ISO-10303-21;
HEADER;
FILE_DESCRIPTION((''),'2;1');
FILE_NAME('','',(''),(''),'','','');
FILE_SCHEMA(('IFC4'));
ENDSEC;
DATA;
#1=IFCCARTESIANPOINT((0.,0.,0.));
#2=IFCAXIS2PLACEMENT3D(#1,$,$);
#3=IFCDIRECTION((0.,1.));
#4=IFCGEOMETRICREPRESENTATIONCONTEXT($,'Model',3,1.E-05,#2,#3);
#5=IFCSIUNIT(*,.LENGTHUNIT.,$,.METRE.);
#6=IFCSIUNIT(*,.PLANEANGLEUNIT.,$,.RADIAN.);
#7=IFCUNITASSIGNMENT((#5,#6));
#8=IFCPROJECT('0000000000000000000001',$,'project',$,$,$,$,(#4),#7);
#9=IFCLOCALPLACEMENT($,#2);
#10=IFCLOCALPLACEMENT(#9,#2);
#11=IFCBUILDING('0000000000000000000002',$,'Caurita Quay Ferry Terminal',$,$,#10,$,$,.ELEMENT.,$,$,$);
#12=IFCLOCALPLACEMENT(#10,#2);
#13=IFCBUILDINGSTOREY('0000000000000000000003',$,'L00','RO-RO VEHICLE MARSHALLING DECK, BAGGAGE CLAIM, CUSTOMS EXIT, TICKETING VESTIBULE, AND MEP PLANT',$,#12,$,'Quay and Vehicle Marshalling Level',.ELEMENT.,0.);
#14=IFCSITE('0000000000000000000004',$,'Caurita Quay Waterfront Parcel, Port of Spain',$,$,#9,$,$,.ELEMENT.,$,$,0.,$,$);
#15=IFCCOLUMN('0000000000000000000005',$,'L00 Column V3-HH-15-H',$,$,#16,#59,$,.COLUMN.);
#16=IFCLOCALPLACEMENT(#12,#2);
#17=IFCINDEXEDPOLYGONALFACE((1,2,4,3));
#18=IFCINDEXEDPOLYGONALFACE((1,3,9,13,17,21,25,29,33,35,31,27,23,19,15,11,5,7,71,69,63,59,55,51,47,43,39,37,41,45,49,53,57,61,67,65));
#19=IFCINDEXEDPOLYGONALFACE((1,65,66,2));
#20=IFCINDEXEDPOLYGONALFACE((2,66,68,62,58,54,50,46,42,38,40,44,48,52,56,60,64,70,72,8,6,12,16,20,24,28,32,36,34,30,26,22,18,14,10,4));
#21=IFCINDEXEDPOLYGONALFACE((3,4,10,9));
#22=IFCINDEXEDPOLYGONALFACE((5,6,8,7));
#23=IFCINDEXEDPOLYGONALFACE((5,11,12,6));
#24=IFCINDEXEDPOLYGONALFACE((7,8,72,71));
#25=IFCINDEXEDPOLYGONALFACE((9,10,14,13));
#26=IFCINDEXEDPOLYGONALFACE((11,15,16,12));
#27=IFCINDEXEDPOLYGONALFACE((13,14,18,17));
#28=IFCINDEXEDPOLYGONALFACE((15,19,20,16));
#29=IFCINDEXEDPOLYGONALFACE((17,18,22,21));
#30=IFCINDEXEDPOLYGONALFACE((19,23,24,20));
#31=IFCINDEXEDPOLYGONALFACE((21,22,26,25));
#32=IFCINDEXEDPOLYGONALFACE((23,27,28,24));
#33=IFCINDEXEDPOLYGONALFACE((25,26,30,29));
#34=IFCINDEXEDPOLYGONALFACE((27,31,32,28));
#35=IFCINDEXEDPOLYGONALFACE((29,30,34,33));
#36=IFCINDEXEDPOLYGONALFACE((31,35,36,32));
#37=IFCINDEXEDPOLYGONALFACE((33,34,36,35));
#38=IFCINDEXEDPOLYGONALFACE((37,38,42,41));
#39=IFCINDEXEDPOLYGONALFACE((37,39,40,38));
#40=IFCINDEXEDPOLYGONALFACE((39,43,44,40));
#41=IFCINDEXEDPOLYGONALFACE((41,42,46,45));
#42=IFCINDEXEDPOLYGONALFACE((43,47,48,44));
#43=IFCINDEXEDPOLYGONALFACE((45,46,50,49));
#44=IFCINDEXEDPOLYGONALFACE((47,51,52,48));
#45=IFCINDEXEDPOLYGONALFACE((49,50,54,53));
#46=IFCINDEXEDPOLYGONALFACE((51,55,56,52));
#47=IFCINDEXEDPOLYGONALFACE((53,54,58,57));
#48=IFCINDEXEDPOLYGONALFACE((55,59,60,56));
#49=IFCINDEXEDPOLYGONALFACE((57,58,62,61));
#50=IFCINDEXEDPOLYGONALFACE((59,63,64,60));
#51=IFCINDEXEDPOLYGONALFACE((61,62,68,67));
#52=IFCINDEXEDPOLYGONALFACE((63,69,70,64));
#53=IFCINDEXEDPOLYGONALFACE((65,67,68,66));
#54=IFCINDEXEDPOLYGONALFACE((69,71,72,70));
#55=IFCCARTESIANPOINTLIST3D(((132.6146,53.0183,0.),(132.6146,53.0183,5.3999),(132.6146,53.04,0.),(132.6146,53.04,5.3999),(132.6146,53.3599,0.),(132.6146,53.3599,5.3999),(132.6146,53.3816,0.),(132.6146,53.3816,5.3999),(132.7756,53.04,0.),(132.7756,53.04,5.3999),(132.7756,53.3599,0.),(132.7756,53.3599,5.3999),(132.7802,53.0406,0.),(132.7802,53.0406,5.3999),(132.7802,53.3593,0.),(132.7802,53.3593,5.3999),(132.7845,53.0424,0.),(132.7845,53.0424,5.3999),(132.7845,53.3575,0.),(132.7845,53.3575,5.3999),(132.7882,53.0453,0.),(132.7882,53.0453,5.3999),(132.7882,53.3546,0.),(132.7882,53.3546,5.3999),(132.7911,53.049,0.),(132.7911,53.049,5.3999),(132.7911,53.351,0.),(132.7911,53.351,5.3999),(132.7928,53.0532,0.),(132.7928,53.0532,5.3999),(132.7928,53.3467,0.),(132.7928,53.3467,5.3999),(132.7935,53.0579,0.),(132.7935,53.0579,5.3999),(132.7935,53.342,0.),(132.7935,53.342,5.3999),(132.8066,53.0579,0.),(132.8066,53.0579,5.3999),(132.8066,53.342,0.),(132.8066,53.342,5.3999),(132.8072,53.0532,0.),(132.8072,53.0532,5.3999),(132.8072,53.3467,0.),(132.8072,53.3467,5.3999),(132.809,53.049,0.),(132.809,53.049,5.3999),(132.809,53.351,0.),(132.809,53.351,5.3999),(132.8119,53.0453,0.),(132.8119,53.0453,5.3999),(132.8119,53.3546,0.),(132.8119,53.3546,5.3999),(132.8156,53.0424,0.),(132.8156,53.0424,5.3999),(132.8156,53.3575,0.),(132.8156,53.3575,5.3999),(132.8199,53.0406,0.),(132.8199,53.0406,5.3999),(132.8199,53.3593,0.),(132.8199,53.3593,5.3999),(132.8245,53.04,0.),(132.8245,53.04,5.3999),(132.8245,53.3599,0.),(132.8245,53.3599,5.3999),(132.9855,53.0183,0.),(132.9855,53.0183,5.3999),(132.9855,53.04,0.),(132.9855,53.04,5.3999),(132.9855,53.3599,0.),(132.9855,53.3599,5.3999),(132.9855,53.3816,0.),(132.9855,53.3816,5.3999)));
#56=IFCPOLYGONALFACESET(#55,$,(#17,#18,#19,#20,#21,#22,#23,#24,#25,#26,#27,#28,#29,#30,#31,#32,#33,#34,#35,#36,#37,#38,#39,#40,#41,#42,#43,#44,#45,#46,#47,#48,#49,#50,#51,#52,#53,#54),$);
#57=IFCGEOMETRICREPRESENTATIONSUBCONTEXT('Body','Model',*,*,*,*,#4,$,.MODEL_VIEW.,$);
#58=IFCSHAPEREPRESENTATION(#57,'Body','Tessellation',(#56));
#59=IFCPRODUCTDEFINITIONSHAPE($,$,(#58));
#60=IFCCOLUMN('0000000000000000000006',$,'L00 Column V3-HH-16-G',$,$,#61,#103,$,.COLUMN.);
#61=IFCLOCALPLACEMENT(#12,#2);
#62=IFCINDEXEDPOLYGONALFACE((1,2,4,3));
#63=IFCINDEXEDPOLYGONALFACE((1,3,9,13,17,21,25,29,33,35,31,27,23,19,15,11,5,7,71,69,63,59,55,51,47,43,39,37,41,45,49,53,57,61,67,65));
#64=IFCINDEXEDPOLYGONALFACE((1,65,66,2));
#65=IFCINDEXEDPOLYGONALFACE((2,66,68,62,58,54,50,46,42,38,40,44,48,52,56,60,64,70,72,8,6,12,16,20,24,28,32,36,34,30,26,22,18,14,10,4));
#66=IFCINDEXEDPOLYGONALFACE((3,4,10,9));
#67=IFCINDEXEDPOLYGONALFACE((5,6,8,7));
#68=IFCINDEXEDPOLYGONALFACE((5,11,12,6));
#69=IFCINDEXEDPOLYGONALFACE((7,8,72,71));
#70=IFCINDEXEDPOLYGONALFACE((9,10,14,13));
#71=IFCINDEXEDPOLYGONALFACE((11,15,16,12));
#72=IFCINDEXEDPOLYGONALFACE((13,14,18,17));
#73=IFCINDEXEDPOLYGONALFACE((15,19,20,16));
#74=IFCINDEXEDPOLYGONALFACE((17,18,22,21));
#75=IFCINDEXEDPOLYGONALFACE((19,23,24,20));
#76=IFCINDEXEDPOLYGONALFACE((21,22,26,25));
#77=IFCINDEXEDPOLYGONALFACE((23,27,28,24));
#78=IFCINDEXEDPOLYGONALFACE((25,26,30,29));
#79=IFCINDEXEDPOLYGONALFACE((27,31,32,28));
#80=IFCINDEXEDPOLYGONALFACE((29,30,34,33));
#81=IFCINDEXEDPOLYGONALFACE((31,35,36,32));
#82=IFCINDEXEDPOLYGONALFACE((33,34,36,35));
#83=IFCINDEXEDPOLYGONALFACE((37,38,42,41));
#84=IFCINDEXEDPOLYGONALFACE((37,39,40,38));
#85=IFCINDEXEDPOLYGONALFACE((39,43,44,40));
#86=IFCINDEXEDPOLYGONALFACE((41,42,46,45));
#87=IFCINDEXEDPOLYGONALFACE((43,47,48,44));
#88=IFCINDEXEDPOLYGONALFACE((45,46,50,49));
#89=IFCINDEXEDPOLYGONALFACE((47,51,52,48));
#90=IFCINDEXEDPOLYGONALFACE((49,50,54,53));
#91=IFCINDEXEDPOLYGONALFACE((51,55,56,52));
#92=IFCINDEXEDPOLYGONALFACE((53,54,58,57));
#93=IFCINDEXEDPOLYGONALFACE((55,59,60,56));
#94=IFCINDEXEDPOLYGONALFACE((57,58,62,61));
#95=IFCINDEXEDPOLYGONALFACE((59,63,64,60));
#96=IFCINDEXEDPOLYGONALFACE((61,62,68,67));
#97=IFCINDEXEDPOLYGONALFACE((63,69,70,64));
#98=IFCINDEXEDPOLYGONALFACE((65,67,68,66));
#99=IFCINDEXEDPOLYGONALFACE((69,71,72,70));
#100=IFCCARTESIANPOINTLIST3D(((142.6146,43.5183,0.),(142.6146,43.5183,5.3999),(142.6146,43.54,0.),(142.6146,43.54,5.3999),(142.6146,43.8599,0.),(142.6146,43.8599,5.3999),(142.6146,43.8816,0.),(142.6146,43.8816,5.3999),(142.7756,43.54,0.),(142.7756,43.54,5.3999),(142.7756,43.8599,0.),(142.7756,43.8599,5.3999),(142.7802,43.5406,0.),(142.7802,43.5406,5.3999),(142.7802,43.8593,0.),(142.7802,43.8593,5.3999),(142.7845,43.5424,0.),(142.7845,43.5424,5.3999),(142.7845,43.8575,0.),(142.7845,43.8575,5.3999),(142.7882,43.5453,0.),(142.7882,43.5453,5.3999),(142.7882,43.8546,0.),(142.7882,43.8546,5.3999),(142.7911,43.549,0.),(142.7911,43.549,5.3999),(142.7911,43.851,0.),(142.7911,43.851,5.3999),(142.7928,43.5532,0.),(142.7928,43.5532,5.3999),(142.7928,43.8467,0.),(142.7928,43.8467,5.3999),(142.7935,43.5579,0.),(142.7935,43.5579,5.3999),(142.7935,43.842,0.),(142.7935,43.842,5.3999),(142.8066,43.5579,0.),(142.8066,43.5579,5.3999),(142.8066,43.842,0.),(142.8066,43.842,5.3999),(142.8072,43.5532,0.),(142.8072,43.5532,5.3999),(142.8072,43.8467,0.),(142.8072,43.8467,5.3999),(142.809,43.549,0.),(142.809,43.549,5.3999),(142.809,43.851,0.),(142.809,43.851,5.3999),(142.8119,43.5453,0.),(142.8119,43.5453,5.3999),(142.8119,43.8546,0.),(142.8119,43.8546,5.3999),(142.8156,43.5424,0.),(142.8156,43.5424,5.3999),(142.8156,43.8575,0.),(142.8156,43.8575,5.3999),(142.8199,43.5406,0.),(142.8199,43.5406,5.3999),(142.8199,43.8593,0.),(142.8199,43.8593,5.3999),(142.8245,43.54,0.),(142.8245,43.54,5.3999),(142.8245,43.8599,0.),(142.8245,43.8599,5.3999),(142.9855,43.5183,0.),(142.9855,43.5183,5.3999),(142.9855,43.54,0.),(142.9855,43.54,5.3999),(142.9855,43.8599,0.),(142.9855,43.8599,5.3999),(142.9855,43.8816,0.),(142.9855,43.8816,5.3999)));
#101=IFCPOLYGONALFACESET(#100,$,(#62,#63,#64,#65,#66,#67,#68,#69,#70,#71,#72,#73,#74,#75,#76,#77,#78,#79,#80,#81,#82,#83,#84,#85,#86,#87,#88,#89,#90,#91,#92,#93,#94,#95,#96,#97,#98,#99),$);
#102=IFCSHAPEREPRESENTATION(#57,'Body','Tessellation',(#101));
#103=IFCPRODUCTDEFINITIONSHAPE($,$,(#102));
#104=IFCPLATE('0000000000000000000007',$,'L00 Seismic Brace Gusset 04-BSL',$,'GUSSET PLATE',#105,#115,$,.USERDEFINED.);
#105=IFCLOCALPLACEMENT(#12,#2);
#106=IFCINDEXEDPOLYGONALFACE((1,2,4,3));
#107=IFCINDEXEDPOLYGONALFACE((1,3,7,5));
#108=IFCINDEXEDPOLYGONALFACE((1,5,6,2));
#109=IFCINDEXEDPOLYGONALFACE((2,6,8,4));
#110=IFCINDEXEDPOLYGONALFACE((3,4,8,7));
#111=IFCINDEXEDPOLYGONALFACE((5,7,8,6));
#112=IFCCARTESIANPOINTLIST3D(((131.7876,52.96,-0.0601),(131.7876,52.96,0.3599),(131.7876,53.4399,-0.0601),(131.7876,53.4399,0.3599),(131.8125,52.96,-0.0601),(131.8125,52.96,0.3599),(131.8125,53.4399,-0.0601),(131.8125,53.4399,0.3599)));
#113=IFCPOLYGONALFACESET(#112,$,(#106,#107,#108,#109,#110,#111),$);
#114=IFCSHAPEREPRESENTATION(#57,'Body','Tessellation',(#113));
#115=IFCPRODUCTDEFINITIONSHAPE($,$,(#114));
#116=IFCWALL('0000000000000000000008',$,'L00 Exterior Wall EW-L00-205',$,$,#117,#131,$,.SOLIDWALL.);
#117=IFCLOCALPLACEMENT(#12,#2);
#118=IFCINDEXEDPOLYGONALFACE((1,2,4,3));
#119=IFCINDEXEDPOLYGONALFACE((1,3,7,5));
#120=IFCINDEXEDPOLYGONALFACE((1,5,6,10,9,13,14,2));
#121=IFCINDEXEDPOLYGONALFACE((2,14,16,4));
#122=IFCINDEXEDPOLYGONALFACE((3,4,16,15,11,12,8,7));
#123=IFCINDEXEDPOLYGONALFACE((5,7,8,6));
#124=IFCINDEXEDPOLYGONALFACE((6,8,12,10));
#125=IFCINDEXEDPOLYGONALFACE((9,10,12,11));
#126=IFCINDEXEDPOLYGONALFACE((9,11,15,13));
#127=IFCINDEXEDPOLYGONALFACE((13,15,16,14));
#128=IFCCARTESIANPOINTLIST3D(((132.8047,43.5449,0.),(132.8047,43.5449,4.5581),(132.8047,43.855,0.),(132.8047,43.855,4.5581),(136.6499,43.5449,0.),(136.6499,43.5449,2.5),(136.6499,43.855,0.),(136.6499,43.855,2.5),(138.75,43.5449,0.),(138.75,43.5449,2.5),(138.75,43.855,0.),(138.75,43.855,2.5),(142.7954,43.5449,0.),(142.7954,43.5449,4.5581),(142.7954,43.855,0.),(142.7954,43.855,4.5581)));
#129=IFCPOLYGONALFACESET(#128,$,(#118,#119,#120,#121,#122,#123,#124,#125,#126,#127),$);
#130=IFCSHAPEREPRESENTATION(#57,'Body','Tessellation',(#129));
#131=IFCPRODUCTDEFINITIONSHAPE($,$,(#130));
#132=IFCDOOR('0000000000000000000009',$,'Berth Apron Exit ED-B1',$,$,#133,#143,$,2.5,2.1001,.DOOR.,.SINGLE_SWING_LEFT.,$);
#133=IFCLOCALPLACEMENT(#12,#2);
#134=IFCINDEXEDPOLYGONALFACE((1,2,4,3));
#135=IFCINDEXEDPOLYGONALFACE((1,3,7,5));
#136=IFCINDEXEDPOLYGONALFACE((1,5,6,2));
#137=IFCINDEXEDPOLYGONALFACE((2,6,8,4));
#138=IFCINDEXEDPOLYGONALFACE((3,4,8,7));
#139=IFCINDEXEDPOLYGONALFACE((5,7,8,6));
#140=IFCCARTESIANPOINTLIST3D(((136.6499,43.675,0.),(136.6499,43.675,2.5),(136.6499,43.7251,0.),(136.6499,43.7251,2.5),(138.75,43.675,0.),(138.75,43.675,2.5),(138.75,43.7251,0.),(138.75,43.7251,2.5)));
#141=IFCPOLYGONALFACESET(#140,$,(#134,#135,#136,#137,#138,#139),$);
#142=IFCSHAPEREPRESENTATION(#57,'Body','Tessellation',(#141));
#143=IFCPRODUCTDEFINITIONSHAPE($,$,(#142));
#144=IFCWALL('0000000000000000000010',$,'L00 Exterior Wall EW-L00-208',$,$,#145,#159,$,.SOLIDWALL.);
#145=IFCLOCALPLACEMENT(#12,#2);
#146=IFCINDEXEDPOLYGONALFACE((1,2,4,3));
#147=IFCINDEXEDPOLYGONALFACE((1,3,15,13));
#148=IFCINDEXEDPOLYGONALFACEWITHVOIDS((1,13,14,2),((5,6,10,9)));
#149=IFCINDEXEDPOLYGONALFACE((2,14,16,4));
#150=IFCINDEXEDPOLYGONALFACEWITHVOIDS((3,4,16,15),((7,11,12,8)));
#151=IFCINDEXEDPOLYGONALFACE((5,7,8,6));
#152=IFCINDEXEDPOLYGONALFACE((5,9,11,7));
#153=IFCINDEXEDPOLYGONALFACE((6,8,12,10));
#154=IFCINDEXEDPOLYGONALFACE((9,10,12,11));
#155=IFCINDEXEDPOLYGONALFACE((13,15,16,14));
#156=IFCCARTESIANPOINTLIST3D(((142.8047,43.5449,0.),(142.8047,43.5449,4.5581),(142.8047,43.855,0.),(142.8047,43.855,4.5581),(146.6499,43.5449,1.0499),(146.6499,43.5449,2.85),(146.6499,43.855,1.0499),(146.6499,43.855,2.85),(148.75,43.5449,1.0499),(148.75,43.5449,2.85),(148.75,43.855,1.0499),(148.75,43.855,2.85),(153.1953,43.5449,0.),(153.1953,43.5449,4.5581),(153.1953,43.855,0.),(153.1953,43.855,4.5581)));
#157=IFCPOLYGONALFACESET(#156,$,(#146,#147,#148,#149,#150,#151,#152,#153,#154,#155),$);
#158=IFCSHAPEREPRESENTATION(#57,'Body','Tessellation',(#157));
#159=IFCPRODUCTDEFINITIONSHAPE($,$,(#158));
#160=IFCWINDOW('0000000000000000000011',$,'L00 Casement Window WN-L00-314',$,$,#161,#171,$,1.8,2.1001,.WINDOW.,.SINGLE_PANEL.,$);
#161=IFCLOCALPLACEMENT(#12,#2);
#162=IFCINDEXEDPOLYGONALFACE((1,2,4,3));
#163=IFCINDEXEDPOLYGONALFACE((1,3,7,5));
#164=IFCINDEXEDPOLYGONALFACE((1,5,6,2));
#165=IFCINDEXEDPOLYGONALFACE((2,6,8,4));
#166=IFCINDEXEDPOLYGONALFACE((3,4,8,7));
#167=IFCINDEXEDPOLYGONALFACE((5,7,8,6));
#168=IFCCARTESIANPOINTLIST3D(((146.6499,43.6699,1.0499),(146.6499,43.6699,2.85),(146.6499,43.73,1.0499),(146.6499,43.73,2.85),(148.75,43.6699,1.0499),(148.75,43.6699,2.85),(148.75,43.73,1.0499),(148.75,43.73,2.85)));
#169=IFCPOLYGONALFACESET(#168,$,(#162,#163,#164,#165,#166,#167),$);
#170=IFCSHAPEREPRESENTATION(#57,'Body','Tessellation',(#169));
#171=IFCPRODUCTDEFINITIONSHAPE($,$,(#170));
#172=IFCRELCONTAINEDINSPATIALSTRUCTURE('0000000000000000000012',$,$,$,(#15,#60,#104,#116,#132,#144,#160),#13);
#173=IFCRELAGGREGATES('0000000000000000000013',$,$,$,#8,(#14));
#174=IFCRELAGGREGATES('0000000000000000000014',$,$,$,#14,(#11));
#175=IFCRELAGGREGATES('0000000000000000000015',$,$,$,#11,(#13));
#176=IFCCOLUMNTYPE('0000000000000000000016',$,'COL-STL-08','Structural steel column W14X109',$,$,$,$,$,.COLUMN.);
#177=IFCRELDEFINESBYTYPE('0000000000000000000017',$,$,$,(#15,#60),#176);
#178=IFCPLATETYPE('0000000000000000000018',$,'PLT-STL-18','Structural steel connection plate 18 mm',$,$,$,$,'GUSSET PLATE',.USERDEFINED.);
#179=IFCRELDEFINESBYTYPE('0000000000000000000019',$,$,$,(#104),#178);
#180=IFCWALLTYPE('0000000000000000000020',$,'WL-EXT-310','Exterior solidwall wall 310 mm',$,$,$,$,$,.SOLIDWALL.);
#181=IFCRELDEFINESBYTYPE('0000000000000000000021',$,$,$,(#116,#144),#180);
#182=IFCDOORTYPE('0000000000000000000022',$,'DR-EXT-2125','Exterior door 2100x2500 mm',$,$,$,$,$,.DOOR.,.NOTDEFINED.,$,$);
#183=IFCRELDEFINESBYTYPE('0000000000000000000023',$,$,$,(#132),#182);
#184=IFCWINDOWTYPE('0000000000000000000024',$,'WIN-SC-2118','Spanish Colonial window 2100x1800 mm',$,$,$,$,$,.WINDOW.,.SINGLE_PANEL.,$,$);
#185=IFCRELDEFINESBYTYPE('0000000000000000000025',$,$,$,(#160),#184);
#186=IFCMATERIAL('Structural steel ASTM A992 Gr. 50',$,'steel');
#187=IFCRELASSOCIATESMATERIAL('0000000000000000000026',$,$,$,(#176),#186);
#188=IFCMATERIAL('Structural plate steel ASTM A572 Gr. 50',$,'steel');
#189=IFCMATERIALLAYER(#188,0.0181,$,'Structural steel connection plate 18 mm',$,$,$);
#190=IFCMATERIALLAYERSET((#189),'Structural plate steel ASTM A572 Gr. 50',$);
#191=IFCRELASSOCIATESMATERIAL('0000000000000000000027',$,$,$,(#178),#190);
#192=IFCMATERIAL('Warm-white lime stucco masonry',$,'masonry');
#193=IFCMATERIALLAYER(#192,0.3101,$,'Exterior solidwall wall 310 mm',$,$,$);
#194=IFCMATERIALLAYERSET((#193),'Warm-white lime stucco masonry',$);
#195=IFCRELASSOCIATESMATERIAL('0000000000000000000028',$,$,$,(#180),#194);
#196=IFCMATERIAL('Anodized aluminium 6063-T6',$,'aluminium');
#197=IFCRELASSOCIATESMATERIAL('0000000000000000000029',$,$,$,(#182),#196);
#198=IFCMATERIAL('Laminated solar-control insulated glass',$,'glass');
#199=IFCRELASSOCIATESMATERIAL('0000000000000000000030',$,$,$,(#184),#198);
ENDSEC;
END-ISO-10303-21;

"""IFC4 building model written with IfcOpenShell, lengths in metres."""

from ifc_helpers import new_model, si_unit, direction, frame, frame_2d, origin, origin_2d, place, context, subcontext, project, spatial, rectangle, i_section, extrude, material, layer, layer_set, material_profile, profile_set, type_object, element, fill, save


model = new_model("IFC4")

# Units and contexts
model_context = context("Model", 3, precision=1e-05, world=origin(), true_north=direction((0.0, 1.0)))
body_context = subcontext(model_context, "Body", "Model", "MODEL_VIEW")
ifc_project = project(units=[si_unit("LENGTHUNIT", "METRE"), si_unit("PLANEANGLEUNIT", "RADIAN")], contexts=[model_context])

# Site, building, storey
site_placement = place(None, origin())
site = spatial("IfcSite", under=ifc_project, at=site_placement, Name="Caurita Quay Waterfront Parcel, Port of Spain", CompositionType="ELEMENT", RefElevation=0.0)
building_placement = place(site_placement, origin())
building = spatial("IfcBuilding", under=site, at=building_placement, Name="Caurita Quay Ferry Terminal", CompositionType="ELEMENT")
storey_placement = place(building_placement, origin())
storey = spatial("IfcBuildingStorey", under=building, at=storey_placement, Name="L00", Description="RO-RO VEHICLE MARSHALLING DECK, BAGGAGE CLAIM, CUSTOMS EXIT, TICKETING VESTIBULE, AND MEP PLANT", LongName="Quay and Vehicle Marshalling Level", CompositionType="ELEMENT", Elevation=0.0)

# Columns
ifc_material_1 = material(Name="Structural steel ASTM A992 Gr. 50", Category="steel")
ifc_material_profile_1 = material_profile(ifc_material_1, i_section(OverallWidth=0.3708, OverallDepth=0.3633, WebThickness=0.0132, FlangeThickness=0.0217, FilletRadius=0.0178, at=origin_2d()), Name="W14X109")
ifc_profile_set_1 = profile_set([ifc_material_profile_1], Name="Structural steel ASTM A992 Gr. 50")
column_type = type_object("IfcColumnType", Name="COL-STL-08", Description="Structural steel column W14X109", PredefinedType="COLUMN", material=ifc_profile_set_1)
for number, where, z_axis, x_axis, name in (
    (1, (132.8, 53.2, 0.0), (0.0, 0.0, 1.0), (1.0, 0.0, 0.0), "L00 Column V3-HH-15-H"),
    (2, (142.8, 43.7, 0.0), (0.0, 0.0, 1.0), (1.0, 0.0, 0.0), "L00 Column V3-HH-16-G"),
):
    element("IfcColumn", number, at=place(storey_placement, frame(where, z_axis=z_axis, x_axis=x_axis)), inside=storey, type_object=column_type, Name=name, PredefinedType="COLUMN", context=body_context, shape_type="SweptSolid", body=[
        extrude(i_section(OverallWidth=0.3708, OverallDepth=0.3633, WebThickness=0.0132, FlangeThickness=0.0217, FilletRadius=0.0178, at=origin_2d()), origin(), (0.0, 0.0, 1.0), 5.3999),
    ])

# Plate
ifc_material_2 = material(Name="Structural plate steel ASTM A572 Gr. 50", Category="steel")
ifc_layer_1 = layer(ifc_material_2, 0.0181, Name="Structural steel connection plate 18 mm")
ifc_layer_set_1 = layer_set([ifc_layer_1], Name="Structural plate steel ASTM A572 Gr. 50")
plate_type = type_object("IfcPlateType", Name="PLT-STL-18", Description="Structural steel connection plate 18 mm", ElementType="GUSSET PLATE", PredefinedType="USERDEFINED", material=ifc_layer_set_1)
plate_placement = place(storey_placement, frame((131.8, 53.2, -0.0601), z_axis=(0.0, 0.0, 1.0), x_axis=(0.0, 1.0, 0.0)))
element("IfcPlate", 3, at=plate_placement, inside=storey, type_object=plate_type, Name="L00 Seismic Brace Gusset 04-BSL", ObjectType="GUSSET PLATE", PredefinedType="USERDEFINED", context=body_context, shape_type="SweptSolid", body=[
    extrude(rectangle(XDim=0.48, YDim=0.0249, at=origin_2d()), origin(), (0.0, 0.0, 1.0), 0.4199),
])

# Wall, opening, door
ifc_material_3 = material(Name="Warm-white lime stucco masonry", Category="masonry")
ifc_layer_2 = layer(ifc_material_3, 0.3101, Name="Exterior solidwall wall 310 mm")
ifc_layer_set_2 = layer_set([ifc_layer_2], Name="Warm-white lime stucco masonry")
wall_type = type_object("IfcWallType", Name="WL-EXT-310", Description="Exterior solidwall wall 310 mm", PredefinedType="SOLIDWALL", material=ifc_layer_set_2)
wall_1_placement = place(storey_placement, frame((132.8047, 43.7, 0.0), z_axis=(0.0, 0.0, 1.0), x_axis=(1.0, 0.0, 0.0)))
wall_1 = element("IfcWall", 4, at=wall_1_placement, inside=storey, type_object=wall_type, Name="L00 Exterior Wall EW-L00-205", PredefinedType="SOLIDWALL", context=body_context, shape_type="SweptSolid", body=[
    extrude(rectangle(XDim=9.9907, YDim=0.3101, at=frame_2d((4.9954, 0.0))), origin(), (0.0, 0.0, 1.0), 4.5581),
])
opening_1_placement = place(wall_1_placement, frame((3.8452, 0.0, 0.0)))
opening_1 = element("IfcOpeningElement", 5, at=opening_1_placement, cuts=wall_1, PredefinedType="OPENING", context=body_context, shape_type="SweptSolid", body=[
    extrude(rectangle(XDim=2.1001, YDim=2.5, at=frame_2d((1.05, 1.25))), frame((0.0, 0.165, 0.0), z_axis=(0.0, -1.0, 0.0), x_axis=(1.0, 0.0, 0.0)), (0.0, 0.0, 1.0), 0.3301),
])
ifc_material_4 = material(Name="Anodized aluminium 6063-T6", Category="aluminium")
door_type = type_object("IfcDoorType", Name="DR-EXT-2125", Description="Exterior door 2100x2500 mm", OperationType="NOTDEFINED", PredefinedType="DOOR", material=ifc_material_4)
door_placement = place(opening_1_placement, frame((2.1001, 0.0, 0.0), z_axis=(0.0, 0.0, 1.0), x_axis=(-1.0, 0.0, 0.0)))
door = element("IfcDoor", 6, at=door_placement, inside=storey, type_object=door_type, Name="Berth Apron Exit ED-B1", OperationType="SINGLE_SWING_LEFT", OverallHeight=2.5, OverallWidth=2.1001, PredefinedType="DOOR", context=body_context, shape_type="SweptSolid", body=[
    extrude(rectangle(XDim=2.1001, YDim=2.5, at=frame_2d((1.05, 1.25))), frame((0.0, 0.0249, 0.0), z_axis=(0.0, -1.0, 0.0), x_axis=(1.0, 0.0, 0.0)), (0.0, 0.0, 1.0), 0.05),
])
fill(opening_1, door)

# Wall, opening, window
wall_2_placement = place(storey_placement, frame((142.8047, 43.7, 0.0), z_axis=(0.0, 0.0, 1.0), x_axis=(1.0, 0.0, 0.0)))
wall_2 = element("IfcWall", 7, at=wall_2_placement, inside=storey, type_object=wall_type, Name="L00 Exterior Wall EW-L00-208", PredefinedType="SOLIDWALL", context=body_context, shape_type="SweptSolid", body=[
    extrude(rectangle(XDim=10.3906, YDim=0.3101, at=frame_2d((5.1953, 0.0))), origin(), (0.0, 0.0, 1.0), 4.5581),
])
opening_2_placement = place(wall_2_placement, frame((3.8452, 0.0, 1.05)))
opening_2 = element("IfcOpeningElement", 8, at=opening_2_placement, cuts=wall_2, PredefinedType="OPENING", context=body_context, shape_type="SweptSolid", body=[
    extrude(rectangle(XDim=2.1001, YDim=1.8, at=frame_2d((1.05, 0.8999))), frame((0.0, 0.165, 0.0), z_axis=(0.0, -1.0, 0.0), x_axis=(1.0, 0.0, 0.0)), (0.0, 0.0, 1.0), 0.3301),
])
ifc_material_5 = material(Name="Laminated solar-control insulated glass", Category="glass")
window_type = type_object("IfcWindowType", Name="WIN-SC-2118", Description="Spanish Colonial window 2100x1800 mm", PartitioningType="SINGLE_PANEL", PredefinedType="WINDOW", material=ifc_material_5)
window_placement = place(opening_2_placement, origin())
window = element("IfcWindow", 9, at=window_placement, inside=storey, type_object=window_type, Name="L00 Casement Window WN-L00-314", OverallHeight=1.8, OverallWidth=2.1001, PartitioningType="SINGLE_PANEL", PredefinedType="WINDOW", context=body_context, shape_type="SweptSolid", body=[
    extrude(rectangle(XDim=2.1001, YDim=1.8, at=frame_2d((1.05, 0.8999))), frame((0.0, 0.03, 0.0), z_axis=(0.0, -1.0, 0.0), x_axis=(1.0, 0.0, 0.0)), (0.0, 0.0, 1.0), 0.0601),
])
fill(opening_2, window)

save(model, "model.ifc")
